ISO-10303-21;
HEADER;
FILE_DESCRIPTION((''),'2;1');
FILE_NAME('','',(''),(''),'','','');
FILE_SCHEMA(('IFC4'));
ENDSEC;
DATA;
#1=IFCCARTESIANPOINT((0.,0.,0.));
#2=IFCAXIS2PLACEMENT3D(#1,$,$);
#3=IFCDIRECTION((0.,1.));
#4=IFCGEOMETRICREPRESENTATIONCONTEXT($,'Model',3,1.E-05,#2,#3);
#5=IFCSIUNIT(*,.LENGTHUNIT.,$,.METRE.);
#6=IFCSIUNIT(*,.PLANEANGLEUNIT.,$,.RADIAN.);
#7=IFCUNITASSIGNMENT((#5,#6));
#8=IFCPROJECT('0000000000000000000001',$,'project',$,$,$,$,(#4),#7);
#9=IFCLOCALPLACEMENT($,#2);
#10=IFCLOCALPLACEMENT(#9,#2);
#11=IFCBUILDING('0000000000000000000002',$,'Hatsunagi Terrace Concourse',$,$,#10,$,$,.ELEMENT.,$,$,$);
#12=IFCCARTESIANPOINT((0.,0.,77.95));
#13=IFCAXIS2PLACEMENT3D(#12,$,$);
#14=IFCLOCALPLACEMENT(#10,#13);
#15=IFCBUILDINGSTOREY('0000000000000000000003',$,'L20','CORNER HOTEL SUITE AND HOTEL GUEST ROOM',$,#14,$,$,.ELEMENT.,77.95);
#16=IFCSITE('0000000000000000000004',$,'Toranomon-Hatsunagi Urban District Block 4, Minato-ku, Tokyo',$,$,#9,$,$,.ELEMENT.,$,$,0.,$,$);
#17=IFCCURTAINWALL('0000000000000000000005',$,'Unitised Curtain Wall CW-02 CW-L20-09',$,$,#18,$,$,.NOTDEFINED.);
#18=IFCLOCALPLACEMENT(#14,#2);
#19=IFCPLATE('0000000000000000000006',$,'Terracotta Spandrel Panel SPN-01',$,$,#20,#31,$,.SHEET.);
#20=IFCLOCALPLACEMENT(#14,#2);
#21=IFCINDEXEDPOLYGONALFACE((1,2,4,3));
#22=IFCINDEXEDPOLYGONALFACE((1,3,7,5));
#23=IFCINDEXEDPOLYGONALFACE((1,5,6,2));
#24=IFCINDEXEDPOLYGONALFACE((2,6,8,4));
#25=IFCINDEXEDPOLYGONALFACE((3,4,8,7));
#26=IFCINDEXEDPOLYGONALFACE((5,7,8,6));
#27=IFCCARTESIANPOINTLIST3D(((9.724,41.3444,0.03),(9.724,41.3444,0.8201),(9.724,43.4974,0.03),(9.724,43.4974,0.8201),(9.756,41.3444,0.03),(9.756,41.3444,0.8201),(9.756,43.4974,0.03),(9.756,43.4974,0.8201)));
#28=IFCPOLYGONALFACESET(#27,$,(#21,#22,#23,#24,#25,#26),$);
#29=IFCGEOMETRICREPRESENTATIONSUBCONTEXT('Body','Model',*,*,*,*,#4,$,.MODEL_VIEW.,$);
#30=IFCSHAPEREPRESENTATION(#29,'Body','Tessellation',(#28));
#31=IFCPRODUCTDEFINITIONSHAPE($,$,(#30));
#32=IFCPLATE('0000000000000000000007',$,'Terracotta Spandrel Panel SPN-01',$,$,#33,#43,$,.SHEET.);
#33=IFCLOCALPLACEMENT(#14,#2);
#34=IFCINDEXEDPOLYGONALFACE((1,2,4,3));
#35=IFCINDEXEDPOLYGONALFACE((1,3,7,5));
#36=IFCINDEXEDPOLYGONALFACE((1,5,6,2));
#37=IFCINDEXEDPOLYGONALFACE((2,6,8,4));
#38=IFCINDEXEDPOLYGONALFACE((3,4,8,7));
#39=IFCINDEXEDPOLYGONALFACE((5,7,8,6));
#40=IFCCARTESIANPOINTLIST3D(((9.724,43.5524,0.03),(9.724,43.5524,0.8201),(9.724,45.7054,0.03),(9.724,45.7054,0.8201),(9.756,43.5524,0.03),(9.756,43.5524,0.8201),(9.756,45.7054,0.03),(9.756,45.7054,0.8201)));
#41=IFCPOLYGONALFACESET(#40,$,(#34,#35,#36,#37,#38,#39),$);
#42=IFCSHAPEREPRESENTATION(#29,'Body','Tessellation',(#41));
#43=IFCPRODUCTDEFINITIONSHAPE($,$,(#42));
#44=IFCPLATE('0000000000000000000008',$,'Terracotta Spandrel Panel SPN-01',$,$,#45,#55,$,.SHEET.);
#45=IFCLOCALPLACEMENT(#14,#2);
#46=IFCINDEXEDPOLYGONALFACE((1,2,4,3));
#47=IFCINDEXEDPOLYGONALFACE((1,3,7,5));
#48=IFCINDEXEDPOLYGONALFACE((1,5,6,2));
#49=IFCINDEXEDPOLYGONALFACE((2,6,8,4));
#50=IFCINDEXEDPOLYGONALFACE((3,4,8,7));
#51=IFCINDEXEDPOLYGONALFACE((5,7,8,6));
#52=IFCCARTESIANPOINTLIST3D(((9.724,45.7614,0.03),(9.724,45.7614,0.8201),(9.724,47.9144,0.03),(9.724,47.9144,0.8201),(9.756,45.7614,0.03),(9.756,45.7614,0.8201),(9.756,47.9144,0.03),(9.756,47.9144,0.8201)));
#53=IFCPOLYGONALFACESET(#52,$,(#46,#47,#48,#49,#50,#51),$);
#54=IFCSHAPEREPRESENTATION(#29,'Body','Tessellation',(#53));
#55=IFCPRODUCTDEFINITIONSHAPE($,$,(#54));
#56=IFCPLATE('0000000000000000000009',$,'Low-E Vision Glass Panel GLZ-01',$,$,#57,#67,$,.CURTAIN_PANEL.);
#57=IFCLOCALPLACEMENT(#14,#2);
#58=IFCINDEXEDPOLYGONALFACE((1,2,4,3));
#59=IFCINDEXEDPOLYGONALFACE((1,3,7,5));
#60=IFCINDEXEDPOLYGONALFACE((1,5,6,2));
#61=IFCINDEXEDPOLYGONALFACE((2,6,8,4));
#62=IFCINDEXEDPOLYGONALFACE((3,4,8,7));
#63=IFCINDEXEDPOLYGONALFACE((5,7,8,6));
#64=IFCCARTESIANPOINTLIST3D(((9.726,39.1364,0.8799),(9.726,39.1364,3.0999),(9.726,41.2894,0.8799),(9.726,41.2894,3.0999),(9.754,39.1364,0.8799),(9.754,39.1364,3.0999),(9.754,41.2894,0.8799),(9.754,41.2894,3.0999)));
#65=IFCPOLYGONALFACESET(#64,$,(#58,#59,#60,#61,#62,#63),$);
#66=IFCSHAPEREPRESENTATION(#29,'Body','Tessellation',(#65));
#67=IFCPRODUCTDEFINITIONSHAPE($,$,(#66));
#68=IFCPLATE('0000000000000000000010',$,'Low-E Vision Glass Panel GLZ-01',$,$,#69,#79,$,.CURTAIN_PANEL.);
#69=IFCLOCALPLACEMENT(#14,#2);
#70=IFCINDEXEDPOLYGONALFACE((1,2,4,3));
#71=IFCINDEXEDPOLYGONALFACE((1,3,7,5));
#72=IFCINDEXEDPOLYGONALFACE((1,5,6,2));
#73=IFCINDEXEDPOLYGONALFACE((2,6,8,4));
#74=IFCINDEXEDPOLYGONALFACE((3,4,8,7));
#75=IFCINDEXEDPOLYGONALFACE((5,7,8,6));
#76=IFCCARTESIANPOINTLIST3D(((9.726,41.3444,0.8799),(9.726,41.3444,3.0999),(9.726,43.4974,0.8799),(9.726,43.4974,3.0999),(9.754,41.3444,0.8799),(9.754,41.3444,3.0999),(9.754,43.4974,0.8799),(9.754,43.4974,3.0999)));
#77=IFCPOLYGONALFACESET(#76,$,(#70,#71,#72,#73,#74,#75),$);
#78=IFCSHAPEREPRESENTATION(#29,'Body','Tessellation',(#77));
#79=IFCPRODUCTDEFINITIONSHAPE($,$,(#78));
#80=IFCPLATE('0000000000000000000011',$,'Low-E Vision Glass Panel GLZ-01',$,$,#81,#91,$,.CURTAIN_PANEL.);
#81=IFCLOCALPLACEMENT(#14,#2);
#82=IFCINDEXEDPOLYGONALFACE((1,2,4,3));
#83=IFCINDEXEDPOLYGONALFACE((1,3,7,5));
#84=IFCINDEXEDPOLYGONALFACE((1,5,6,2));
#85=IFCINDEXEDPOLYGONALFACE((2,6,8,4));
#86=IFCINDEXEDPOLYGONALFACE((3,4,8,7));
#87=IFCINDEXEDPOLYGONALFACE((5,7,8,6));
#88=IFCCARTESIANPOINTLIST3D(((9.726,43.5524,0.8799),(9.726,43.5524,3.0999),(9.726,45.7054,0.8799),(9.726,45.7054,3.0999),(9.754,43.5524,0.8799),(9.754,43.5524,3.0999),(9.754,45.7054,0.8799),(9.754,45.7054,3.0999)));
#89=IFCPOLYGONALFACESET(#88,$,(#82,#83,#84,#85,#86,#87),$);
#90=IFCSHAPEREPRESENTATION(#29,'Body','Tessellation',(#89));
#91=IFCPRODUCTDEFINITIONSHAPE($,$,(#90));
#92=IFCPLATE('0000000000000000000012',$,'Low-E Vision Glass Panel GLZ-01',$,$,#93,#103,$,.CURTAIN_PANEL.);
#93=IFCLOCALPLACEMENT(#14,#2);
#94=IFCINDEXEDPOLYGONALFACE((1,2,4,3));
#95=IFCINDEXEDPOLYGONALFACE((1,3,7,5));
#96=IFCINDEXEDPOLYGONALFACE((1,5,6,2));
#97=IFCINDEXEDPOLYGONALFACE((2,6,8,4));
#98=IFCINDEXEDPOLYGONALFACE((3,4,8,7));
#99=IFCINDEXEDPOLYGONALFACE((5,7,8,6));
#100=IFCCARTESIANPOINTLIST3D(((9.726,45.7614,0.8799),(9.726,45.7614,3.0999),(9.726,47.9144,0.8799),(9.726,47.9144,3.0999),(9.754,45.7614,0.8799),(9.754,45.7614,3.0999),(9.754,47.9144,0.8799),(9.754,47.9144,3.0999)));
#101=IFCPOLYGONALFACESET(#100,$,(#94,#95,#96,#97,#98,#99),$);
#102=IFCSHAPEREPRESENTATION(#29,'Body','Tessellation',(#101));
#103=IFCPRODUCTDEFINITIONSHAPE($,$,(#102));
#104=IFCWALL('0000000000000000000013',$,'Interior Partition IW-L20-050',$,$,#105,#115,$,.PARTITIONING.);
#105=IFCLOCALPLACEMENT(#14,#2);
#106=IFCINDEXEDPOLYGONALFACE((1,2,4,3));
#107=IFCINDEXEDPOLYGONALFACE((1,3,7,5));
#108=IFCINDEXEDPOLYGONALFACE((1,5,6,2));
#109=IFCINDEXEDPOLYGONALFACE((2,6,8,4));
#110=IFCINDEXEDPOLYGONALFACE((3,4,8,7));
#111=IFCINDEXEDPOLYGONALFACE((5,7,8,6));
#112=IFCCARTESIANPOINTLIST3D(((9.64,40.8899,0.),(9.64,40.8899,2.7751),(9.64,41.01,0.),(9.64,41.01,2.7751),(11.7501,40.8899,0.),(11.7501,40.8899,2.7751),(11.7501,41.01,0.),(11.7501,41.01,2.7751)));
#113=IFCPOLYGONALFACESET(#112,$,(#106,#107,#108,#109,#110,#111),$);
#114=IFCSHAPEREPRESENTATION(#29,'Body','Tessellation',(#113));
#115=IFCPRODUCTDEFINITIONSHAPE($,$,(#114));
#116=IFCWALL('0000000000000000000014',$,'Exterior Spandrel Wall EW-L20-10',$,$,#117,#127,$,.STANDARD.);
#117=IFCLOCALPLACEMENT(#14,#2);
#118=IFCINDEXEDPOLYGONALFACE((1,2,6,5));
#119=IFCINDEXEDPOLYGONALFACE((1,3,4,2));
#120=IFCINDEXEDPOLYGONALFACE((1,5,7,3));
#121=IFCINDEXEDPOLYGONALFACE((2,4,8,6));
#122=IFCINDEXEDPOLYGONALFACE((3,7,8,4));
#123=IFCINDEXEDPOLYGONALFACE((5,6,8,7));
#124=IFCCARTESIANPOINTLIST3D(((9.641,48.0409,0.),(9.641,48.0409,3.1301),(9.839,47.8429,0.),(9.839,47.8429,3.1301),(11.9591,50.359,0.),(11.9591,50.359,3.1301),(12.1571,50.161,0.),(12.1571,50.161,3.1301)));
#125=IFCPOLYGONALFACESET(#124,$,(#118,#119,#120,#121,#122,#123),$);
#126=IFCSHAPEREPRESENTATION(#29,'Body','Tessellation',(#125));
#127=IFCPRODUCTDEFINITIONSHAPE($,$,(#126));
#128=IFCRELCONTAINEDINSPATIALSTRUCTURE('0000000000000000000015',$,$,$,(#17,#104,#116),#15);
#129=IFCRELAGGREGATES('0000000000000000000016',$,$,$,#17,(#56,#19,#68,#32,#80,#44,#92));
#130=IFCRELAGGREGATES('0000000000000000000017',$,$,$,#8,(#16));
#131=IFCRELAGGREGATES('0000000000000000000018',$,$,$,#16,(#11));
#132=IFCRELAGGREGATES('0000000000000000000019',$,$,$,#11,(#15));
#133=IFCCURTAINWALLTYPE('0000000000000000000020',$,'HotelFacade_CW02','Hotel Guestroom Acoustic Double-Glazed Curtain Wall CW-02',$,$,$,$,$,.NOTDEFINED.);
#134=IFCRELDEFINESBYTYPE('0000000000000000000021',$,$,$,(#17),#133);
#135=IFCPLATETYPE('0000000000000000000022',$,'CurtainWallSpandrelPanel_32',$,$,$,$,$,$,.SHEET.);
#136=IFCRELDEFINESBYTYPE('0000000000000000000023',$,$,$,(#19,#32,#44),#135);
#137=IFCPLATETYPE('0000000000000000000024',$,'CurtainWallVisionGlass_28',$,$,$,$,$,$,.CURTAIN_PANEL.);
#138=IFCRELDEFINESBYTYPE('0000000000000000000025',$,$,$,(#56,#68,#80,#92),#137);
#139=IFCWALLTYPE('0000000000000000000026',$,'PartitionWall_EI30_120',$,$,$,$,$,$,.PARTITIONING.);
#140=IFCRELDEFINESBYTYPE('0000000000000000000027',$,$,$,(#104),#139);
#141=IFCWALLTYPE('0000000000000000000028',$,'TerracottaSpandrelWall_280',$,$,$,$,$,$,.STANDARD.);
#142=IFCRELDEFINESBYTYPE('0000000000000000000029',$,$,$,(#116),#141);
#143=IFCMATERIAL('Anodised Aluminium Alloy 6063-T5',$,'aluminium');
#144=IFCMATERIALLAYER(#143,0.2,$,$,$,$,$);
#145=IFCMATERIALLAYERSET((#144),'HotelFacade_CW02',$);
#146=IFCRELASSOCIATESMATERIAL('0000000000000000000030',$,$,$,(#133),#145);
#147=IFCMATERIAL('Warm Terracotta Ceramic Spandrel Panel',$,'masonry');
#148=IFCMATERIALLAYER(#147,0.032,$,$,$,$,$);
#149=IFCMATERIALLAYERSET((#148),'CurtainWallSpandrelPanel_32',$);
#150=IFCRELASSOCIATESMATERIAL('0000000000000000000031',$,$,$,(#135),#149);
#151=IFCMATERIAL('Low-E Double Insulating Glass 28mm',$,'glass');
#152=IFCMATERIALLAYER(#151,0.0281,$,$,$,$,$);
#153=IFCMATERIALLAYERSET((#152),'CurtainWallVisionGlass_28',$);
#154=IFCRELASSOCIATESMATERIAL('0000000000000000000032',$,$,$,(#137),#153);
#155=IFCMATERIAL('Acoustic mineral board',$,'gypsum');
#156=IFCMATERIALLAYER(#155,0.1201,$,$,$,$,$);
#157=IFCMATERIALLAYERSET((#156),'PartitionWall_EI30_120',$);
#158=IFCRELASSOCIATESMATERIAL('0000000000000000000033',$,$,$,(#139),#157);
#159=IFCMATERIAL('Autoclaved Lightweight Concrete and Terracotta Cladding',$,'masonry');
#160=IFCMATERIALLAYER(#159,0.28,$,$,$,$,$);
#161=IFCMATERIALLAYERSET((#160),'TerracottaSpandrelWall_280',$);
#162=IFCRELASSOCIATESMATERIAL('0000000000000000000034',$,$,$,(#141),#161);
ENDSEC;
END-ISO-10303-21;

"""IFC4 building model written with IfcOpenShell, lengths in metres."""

from ifc_helpers import new_model, si_unit, direction, frame, frame_2d, origin, origin_2d, place, context, subcontext, project, spatial, rectangle, extrude, material, layer, layer_set, type_object, element, aggregate, save


model = new_model("IFC4")

# Units and contexts
model_context = context("Model", 3, precision=1e-05, world=origin(), true_north=direction((0.0, 1.0)))
body_context = subcontext(model_context, "Body", "Model", "MODEL_VIEW")
ifc_project = project(units=[si_unit("LENGTHUNIT", "METRE"), si_unit("PLANEANGLEUNIT", "RADIAN")], contexts=[model_context])

# Site, building, storey
site_placement = place(None, origin())
site = spatial("IfcSite", under=ifc_project, at=site_placement, Name="Toranomon-Hatsunagi Urban District Block 4, Minato-ku, Tokyo", CompositionType="ELEMENT", RefElevation=0.0)
building_placement = place(site_placement, origin())
building = spatial("IfcBuilding", under=site, at=building_placement, Name="Hatsunagi Terrace Concourse", CompositionType="ELEMENT")
storey_placement = place(building_placement, frame((0.0, 0.0, 77.95)))
storey = spatial("IfcBuildingStorey", under=building, at=storey_placement, Name="L20", Description="CORNER HOTEL SUITE AND HOTEL GUEST ROOM", CompositionType="ELEMENT", Elevation=77.95)

# Curtain wall
ifc_material_1 = material(Name="Anodised Aluminium Alloy 6063-T5", Category="aluminium")
ifc_layer_1 = layer(ifc_material_1, 0.2)
ifc_layer_set_1 = layer_set([ifc_layer_1], Name="HotelFacade_CW02")
curtain_wall_type = type_object("IfcCurtainWallType", Name="HotelFacade_CW02", Description="Hotel Guestroom Acoustic Double-Glazed Curtain Wall CW-02", PredefinedType="NOTDEFINED", material=ifc_layer_set_1)
curtain_wall_placement = place(storey_placement, origin())
curtain_wall = element("IfcCurtainWall", 1, at=curtain_wall_placement, inside=storey, type_object=curtain_wall_type, Name="Unitised Curtain Wall CW-02 CW-L20-09", PredefinedType="NOTDEFINED")

# Plates
ifc_material_2 = material(Name="Warm Terracotta Ceramic Spandrel Panel", Category="masonry")
ifc_layer_2 = layer(ifc_material_2, 0.032)
ifc_layer_set_2 = layer_set([ifc_layer_2], Name="CurtainWallSpandrelPanel_32")
plate_type_1 = type_object("IfcPlateType", Name="CurtainWallSpandrelPanel_32", PredefinedType="SHEET", material=ifc_layer_set_2)
plate_1_placement = place(storey_placement, frame((9.74, 42.4209, 0.03), z_axis=(0.0, 0.0, 1.0), x_axis=(0.0, 1.0, 0.0)))
plate_1 = element("IfcPlate", 2, at=plate_1_placement, type_object=plate_type_1, Name="Terracotta Spandrel Panel SPN-01", PredefinedType="SHEET", context=body_context, shape_type="SweptSolid", body=[
    extrude(rectangle(XDim=2.1531, YDim=0.032, at=origin_2d()), origin(), (0.0, 0.0, 1.0), 0.79),
])
plate_2_placement = place(storey_placement, frame((9.74, 44.6289, 0.03), z_axis=(0.0, 0.0, 1.0), x_axis=(0.0, 1.0, 0.0)))
plate_2 = element("IfcPlate", 3, at=plate_2_placement, type_object=plate_type_1, Name="Terracotta Spandrel Panel SPN-01", PredefinedType="SHEET", context=body_context, shape_type="SweptSolid", body=[
    extrude(rectangle(XDim=2.1531, YDim=0.032, at=origin_2d()), origin(), (0.0, 0.0, 1.0), 0.79),
])
plate_3_placement = place(storey_placement, frame((9.74, 46.8379, 0.03), z_axis=(0.0, 0.0, 1.0), x_axis=(0.0, 1.0, 0.0)))
plate_3 = element("IfcPlate", 4, at=plate_3_placement, type_object=plate_type_1, Name="Terracotta Spandrel Panel SPN-01", PredefinedType="SHEET", context=body_context, shape_type="SweptSolid", body=[
    extrude(rectangle(XDim=2.1531, YDim=0.032, at=origin_2d()), origin(), (0.0, 0.0, 1.0), 0.79),
])
ifc_material_3 = material(Name="Low-E Double Insulating Glass 28mm", Category="glass")
ifc_layer_3 = layer(ifc_material_3, 0.0281)
ifc_layer_set_3 = layer_set([ifc_layer_3], Name="CurtainWallVisionGlass_28")
plate_type_2 = type_object("IfcPlateType", Name="CurtainWallVisionGlass_28", PredefinedType="CURTAIN_PANEL", material=ifc_layer_set_3)
plate_4_placement = place(storey_placement, frame((9.74, 40.2129, 0.8799), z_axis=(0.0, 0.0, 1.0), x_axis=(0.0, 1.0, 0.0)))
plate_4 = element("IfcPlate", 5, at=plate_4_placement, type_object=plate_type_2, Name="Low-E Vision Glass Panel GLZ-01", PredefinedType="CURTAIN_PANEL", context=body_context, shape_type="SweptSolid", body=[
    extrude(rectangle(XDim=2.1531, YDim=0.0281, at=origin_2d()), origin(), (0.0, 0.0, 1.0), 2.22),
])
plate_5_placement = place(storey_placement, frame((9.74, 42.4209, 0.8799), z_axis=(0.0, 0.0, 1.0), x_axis=(0.0, 1.0, 0.0)))
plate_5 = element("IfcPlate", 6, at=plate_5_placement, type_object=plate_type_2, Name="Low-E Vision Glass Panel GLZ-01", PredefinedType="CURTAIN_PANEL", context=body_context, shape_type="SweptSolid", body=[
    extrude(rectangle(XDim=2.1531, YDim=0.0281, at=origin_2d()), origin(), (0.0, 0.0, 1.0), 2.22),
])
plate_6_placement = place(storey_placement, frame((9.74, 44.6289, 0.8799), z_axis=(0.0, 0.0, 1.0), x_axis=(0.0, 1.0, 0.0)))
plate_6 = element("IfcPlate", 7, at=plate_6_placement, type_object=plate_type_2, Name="Low-E Vision Glass Panel GLZ-01", PredefinedType="CURTAIN_PANEL", context=body_context, shape_type="SweptSolid", body=[
    extrude(rectangle(XDim=2.1531, YDim=0.0281, at=origin_2d()), origin(), (0.0, 0.0, 1.0), 2.22),
])
plate_7_placement = place(storey_placement, frame((9.74, 46.8379, 0.8799), z_axis=(0.0, 0.0, 1.0), x_axis=(0.0, 1.0, 0.0)))
plate_7 = element("IfcPlate", 8, at=plate_7_placement, type_object=plate_type_2, Name="Low-E Vision Glass Panel GLZ-01", PredefinedType="CURTAIN_PANEL", context=body_context, shape_type="SweptSolid", body=[
    extrude(rectangle(XDim=2.1531, YDim=0.0281, at=origin_2d()), origin(), (0.0, 0.0, 1.0), 2.22),
])
aggregate(curtain_wall, [plate_4, plate_1, plate_5, plate_2, plate_6, plate_3, plate_7])

# Walls
ifc_material_4 = material(Name="Acoustic mineral board", Category="gypsum")
ifc_layer_4 = layer(ifc_material_4, 0.1201)
ifc_layer_set_4 = layer_set([ifc_layer_4], Name="PartitionWall_EI30_120")
wall_type_1 = type_object("IfcWallType", Name="PartitionWall_EI30_120", PredefinedType="PARTITIONING", material=ifc_layer_set_4)
wall_1_placement = place(storey_placement, frame((9.6399, 40.95, 0.0), z_axis=(0.0, 0.0, 1.0), x_axis=(1.0, 0.0, 0.0)))
element("IfcWall", 9, at=wall_1_placement, inside=storey, type_object=wall_type_1, Name="Interior Partition IW-L20-050", PredefinedType="PARTITIONING", context=body_context, shape_type="SweptSolid", body=[
    extrude(rectangle(XDim=2.1101, YDim=0.1201, at=frame_2d((1.0552, 0.0))), origin(), (0.0, 0.0, 1.0), 2.7751),
])
ifc_material_5 = material(Name="Autoclaved Lightweight Concrete and Terracotta Cladding", Category="masonry")
ifc_layer_5 = layer(ifc_material_5, 0.28)
ifc_layer_set_5 = layer_set([ifc_layer_5], Name="TerracottaSpandrelWall_280")
wall_type_2 = type_object("IfcWallType", Name="TerracottaSpandrelWall_280", PredefinedType="STANDARD", material=ifc_layer_set_5)
wall_2_placement = place(storey_placement, frame((9.74, 47.9419, 0.0), z_axis=(0.0, 0.0, 1.0), x_axis=(0.707107, 0.707107, 0.0)))
element("IfcWall", 10, at=wall_2_placement, inside=storey, type_object=wall_type_2, Name="Exterior Spandrel Wall EW-L20-10", PredefinedType="STANDARD", context=body_context, shape_type="SweptSolid", body=[
    extrude(rectangle(XDim=3.2783, YDim=0.28, at=frame_2d((1.6392, 0.0))), origin(), (0.0, 0.0, 1.0), 3.1301),
])

save(model, "model.ifc")
